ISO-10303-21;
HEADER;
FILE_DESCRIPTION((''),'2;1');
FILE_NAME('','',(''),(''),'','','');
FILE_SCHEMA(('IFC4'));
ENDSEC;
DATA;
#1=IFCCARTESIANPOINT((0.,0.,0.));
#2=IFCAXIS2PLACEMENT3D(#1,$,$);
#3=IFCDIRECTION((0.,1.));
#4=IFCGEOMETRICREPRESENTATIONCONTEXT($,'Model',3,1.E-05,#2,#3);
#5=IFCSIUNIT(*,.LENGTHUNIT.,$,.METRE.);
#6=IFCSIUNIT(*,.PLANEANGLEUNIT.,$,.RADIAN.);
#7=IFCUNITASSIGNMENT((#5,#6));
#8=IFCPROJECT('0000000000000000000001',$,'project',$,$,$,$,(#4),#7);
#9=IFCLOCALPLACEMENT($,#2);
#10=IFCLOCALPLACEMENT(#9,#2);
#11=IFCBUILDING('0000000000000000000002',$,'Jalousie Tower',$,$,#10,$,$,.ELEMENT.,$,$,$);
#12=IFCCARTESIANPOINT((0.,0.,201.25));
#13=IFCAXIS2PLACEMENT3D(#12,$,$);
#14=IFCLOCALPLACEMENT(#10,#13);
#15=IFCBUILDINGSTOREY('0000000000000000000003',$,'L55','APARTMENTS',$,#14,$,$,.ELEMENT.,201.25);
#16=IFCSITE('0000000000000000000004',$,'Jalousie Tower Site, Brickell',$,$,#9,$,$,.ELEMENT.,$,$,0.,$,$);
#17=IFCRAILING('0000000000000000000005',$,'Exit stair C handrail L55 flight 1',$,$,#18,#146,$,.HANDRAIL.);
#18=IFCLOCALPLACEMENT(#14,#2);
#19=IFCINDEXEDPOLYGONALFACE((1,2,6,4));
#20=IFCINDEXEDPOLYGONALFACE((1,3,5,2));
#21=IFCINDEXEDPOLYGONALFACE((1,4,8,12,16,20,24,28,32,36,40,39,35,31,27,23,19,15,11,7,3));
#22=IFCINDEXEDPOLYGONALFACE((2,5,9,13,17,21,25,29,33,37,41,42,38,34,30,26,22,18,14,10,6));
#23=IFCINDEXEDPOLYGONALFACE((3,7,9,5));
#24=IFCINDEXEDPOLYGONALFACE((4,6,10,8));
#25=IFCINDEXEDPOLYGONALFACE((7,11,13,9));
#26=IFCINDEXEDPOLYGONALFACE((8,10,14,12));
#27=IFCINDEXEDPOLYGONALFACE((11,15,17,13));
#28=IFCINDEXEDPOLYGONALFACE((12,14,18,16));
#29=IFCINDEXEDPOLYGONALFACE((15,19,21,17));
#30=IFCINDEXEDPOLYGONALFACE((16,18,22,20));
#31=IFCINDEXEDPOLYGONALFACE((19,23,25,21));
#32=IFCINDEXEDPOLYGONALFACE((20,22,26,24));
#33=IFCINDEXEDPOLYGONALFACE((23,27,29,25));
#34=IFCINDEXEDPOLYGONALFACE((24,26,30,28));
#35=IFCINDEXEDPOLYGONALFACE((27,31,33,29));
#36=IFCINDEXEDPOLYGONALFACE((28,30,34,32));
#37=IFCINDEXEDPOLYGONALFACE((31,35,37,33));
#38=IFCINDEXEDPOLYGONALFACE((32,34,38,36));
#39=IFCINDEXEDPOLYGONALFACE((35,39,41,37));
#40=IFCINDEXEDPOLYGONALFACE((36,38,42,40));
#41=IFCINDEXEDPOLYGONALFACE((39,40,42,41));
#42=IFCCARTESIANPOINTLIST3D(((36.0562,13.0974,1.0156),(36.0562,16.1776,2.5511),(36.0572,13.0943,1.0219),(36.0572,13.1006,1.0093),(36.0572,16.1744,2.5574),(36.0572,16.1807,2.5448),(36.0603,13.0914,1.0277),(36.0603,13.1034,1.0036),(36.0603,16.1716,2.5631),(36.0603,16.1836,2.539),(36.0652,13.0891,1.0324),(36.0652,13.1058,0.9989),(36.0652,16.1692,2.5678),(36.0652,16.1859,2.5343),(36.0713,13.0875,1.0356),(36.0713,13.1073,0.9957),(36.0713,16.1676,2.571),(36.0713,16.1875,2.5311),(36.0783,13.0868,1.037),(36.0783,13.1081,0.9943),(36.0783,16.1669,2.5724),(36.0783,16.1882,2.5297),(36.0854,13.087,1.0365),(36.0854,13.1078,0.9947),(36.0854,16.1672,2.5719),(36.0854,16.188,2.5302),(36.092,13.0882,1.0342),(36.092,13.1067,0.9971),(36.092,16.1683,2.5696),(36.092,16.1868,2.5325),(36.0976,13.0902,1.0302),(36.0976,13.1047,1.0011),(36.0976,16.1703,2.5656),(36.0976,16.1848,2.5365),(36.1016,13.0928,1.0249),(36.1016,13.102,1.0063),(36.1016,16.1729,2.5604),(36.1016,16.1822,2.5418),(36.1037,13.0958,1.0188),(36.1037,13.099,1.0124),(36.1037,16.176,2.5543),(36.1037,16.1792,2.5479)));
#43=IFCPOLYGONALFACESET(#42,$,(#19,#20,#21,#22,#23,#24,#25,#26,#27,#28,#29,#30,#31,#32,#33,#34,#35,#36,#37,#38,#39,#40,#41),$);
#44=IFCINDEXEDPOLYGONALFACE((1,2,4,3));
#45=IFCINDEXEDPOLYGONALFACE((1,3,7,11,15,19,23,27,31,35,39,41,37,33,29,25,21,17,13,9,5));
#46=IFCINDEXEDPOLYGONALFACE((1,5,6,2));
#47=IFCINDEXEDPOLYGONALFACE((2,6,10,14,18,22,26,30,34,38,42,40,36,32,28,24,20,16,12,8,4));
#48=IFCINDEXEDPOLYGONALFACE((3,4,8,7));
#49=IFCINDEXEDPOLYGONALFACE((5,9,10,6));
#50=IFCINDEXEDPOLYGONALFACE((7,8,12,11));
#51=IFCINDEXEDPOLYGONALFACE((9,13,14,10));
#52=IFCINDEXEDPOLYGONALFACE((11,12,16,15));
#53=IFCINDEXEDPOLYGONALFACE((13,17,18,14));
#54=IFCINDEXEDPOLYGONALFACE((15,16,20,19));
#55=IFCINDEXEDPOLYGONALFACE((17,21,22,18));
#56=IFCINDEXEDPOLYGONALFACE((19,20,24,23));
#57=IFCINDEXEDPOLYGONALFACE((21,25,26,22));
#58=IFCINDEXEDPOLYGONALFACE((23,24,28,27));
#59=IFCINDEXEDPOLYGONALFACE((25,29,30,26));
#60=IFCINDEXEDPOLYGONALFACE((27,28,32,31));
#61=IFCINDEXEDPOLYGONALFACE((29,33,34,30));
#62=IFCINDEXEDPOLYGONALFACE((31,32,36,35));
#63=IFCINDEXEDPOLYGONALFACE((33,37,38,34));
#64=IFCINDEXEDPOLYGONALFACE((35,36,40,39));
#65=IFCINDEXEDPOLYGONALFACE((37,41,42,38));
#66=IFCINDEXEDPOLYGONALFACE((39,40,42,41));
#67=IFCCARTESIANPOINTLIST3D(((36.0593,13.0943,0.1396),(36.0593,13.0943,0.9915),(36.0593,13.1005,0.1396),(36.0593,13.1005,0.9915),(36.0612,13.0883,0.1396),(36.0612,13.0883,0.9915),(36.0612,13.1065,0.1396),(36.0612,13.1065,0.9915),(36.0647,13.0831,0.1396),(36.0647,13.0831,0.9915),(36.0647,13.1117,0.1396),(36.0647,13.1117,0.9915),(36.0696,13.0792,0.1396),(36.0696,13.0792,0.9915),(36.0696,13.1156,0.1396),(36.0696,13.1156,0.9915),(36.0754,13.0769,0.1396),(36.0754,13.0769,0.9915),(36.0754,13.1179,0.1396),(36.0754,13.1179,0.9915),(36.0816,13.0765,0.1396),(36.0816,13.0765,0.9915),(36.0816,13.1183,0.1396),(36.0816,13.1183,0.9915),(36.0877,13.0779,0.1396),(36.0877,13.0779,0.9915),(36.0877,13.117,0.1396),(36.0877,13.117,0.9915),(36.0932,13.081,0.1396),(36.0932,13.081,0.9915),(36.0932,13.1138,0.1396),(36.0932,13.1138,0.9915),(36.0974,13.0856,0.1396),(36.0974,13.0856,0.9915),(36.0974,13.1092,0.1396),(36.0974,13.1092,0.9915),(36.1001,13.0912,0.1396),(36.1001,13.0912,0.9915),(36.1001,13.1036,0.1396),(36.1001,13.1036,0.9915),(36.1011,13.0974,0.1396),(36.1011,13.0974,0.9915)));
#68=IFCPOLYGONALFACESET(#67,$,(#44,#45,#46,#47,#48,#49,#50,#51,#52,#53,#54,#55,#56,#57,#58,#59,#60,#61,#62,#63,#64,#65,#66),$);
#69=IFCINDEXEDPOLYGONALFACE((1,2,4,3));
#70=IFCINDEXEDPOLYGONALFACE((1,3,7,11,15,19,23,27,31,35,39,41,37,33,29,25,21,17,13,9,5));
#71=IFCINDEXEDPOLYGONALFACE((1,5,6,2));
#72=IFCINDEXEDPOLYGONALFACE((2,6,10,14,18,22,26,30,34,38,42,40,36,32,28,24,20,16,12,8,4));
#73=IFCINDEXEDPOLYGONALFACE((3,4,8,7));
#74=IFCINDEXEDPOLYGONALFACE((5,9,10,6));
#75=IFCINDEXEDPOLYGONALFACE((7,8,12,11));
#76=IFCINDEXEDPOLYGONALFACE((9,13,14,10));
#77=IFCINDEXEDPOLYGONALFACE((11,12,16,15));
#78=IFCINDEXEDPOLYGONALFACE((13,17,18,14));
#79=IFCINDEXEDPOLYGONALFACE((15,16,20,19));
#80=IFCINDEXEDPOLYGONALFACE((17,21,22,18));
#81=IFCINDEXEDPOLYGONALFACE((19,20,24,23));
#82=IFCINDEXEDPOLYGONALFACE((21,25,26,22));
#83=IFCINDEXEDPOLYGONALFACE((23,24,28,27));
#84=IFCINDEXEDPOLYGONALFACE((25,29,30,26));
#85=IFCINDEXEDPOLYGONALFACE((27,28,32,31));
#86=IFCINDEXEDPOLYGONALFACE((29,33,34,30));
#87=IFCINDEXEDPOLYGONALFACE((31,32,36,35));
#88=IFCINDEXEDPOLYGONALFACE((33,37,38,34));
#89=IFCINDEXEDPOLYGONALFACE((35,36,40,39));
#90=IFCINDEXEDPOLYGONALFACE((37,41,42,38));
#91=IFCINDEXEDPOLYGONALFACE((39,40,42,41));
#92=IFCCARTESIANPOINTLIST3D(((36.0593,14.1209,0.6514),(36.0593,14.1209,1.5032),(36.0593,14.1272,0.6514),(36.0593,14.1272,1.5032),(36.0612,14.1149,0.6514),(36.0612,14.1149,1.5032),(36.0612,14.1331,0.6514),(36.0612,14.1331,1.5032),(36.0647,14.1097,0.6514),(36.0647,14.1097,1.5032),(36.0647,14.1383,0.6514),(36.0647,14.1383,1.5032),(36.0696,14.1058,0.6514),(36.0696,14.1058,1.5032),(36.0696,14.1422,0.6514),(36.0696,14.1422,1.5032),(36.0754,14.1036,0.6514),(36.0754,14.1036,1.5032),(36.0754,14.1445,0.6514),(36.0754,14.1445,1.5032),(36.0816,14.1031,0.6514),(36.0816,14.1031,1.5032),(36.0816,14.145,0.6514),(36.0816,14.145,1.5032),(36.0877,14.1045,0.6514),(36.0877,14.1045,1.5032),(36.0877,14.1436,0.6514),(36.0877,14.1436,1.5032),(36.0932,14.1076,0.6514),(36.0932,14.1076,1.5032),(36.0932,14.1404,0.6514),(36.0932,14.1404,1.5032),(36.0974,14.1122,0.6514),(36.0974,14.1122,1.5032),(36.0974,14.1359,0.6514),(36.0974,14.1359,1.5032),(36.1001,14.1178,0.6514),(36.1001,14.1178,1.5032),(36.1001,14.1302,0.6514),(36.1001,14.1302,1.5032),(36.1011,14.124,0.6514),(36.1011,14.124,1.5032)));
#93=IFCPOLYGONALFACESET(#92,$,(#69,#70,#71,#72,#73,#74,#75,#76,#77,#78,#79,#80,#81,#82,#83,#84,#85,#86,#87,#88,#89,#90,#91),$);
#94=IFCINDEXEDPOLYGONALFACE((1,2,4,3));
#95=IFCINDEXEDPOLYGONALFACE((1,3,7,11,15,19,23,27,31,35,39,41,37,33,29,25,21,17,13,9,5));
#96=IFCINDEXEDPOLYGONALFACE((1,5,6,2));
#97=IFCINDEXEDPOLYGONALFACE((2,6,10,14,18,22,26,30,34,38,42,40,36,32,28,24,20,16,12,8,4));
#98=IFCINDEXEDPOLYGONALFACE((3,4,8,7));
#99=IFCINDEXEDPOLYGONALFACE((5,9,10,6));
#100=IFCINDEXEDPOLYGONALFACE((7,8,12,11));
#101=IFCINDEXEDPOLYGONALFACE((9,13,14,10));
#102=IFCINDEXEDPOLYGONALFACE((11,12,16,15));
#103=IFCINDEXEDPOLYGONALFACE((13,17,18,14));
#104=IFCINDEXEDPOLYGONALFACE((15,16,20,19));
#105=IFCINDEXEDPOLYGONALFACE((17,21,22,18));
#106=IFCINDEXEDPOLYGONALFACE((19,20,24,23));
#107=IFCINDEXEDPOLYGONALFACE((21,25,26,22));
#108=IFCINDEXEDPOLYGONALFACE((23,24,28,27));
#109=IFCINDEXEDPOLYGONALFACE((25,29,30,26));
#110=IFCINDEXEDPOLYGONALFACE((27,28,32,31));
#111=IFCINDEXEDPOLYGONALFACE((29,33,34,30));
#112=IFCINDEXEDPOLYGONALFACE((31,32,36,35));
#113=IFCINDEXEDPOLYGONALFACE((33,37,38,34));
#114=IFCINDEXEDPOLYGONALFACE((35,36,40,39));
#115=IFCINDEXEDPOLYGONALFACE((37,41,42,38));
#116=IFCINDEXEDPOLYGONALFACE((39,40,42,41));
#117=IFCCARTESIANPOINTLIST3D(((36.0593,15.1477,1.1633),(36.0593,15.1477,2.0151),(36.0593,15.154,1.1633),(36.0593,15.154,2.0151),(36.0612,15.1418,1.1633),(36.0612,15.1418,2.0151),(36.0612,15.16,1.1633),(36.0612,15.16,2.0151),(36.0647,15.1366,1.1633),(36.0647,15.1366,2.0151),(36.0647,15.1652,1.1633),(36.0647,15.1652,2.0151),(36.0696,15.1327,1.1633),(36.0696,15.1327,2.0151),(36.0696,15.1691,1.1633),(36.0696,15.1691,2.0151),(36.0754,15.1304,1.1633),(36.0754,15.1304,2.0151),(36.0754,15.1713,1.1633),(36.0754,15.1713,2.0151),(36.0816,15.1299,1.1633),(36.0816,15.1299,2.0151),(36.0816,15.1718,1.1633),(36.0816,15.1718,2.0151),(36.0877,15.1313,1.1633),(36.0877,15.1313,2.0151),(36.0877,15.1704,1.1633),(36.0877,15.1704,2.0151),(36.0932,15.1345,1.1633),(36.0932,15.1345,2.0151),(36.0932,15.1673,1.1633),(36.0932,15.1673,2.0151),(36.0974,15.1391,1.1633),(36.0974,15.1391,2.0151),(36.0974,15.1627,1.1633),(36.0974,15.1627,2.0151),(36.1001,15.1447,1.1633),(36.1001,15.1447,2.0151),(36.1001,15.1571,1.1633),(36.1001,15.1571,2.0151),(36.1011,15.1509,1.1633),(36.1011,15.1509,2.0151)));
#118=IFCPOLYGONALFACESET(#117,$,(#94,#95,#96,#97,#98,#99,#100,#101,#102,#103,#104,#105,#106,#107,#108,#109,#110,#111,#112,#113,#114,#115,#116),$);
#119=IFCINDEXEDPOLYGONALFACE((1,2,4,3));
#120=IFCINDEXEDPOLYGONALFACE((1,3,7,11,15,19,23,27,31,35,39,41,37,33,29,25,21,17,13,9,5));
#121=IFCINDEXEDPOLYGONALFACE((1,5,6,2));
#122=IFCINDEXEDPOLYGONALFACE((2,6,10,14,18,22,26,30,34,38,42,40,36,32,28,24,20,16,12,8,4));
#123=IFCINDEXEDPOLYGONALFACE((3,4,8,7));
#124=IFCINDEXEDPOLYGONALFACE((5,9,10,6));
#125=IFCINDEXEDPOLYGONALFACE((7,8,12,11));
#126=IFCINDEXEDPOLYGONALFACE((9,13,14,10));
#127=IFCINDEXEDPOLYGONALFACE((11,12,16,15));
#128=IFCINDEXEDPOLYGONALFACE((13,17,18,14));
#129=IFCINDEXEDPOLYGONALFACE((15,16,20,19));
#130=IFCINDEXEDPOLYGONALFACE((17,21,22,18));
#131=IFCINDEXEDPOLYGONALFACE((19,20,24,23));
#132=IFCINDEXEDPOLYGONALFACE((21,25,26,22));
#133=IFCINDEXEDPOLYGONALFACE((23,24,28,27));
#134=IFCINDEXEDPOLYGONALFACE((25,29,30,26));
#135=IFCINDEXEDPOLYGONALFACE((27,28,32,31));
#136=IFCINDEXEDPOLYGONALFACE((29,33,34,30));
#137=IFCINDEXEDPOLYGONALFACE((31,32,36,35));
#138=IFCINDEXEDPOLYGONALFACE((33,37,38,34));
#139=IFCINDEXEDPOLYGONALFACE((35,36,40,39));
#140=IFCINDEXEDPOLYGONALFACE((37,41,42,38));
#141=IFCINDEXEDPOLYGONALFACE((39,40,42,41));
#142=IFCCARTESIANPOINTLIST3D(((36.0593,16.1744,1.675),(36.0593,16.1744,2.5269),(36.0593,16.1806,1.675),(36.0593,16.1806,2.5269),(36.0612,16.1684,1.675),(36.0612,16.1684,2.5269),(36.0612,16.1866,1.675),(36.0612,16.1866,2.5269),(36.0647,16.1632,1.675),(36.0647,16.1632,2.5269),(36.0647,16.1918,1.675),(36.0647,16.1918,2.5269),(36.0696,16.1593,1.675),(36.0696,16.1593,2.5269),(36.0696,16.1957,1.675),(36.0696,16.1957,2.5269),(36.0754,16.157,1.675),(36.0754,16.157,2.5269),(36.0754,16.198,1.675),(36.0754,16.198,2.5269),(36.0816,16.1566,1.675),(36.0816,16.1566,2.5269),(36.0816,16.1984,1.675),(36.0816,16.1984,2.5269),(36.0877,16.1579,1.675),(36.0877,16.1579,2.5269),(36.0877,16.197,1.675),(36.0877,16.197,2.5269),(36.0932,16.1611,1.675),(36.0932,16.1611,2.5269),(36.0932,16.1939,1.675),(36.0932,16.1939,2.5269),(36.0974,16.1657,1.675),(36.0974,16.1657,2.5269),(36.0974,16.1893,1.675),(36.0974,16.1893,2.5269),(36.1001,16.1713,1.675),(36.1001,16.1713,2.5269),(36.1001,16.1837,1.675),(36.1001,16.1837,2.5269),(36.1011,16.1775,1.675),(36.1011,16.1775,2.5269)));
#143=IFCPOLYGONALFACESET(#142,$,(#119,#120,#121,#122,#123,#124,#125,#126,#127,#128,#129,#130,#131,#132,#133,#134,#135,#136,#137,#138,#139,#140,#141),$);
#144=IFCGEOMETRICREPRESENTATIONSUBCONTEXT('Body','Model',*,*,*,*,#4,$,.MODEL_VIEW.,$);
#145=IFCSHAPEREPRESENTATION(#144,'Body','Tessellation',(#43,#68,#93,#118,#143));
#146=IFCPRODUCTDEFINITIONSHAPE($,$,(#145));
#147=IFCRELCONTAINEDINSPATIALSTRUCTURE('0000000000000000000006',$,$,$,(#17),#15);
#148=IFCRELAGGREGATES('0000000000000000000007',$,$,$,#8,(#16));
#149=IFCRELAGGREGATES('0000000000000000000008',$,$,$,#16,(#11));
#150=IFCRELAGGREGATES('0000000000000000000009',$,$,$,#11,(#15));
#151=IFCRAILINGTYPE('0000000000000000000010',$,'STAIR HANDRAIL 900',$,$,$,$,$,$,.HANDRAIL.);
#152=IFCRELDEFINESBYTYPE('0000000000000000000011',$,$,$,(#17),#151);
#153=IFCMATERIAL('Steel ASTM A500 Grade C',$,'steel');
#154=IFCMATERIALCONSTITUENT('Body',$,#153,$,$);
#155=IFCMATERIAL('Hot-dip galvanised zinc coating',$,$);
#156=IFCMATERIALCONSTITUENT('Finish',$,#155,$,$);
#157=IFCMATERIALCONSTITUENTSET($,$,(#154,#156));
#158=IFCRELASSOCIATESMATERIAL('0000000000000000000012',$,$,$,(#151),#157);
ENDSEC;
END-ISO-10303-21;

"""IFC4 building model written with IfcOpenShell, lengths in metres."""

from ifc_helpers import new_model, si_unit, direction, frame, origin, origin_2d, place, context, subcontext, project, spatial, circle, extrude, material, constituent, constituent_set, type_object, element, save


model = new_model("IFC4")

# Units and contexts
model_context = context("Model", 3, precision=1e-05, world=origin(), true_north=direction((0.0, 1.0)))
body_context = subcontext(model_context, "Body", "Model", "MODEL_VIEW")
ifc_project = project(units=[si_unit("LENGTHUNIT", "METRE"), si_unit("PLANEANGLEUNIT", "RADIAN")], contexts=[model_context])

# Site, building, storey
site_placement = place(None, origin())
site = spatial("IfcSite", under=ifc_project, at=site_placement, Name="Jalousie Tower Site, Brickell", CompositionType="ELEMENT", RefElevation=0.0)
building_placement = place(site_placement, origin())
building = spatial("IfcBuilding", under=site, at=building_placement, Name="Jalousie Tower", CompositionType="ELEMENT")
storey_placement = place(building_placement, frame((0.0, 0.0, 201.25)))
storey = spatial("IfcBuildingStorey", under=building, at=storey_placement, Name="L55", Description="APARTMENTS", CompositionType="ELEMENT", Elevation=201.25)

# Railing
ifc_material_1 = material(Name="Steel ASTM A500 Grade C", Category="steel")
ifc_constituent_1 = constituent(ifc_material_1, Name="Body")
ifc_material_2 = material(Name="Hot-dip galvanised zinc coating")
ifc_constituent_2 = constituent(ifc_material_2, Name="Finish")
ifc_constituent_set_1 = constituent_set(constituents=[ifc_constituent_1, ifc_constituent_2])
railing_type_1 = type_object("IfcRailingType", Name="STAIR HANDRAIL 900", PredefinedType="HANDRAIL", material=ifc_constituent_set_1)
railing_1_placement = place(storey_placement, frame((36.0801, 13.0974, 0.1396)))
element("IfcRailing", 1, at=railing_1_placement, inside=storey, type_object=railing_type_1, Name="Exit stair C handrail L55 flight 1", PredefinedType="HANDRAIL", context=body_context, shape_type="SweptSolid", body=[
    extrude(circle(Radius=0.0239, at=origin_2d()), frame((0.0, 0.0, 0.876), z_axis=(0.0, 0.894966, 0.446135), x_axis=(-1.0, 0.0, 0.0)), (0.0, 0.0, 1.0), 3.4417),
    extrude(circle(Radius=0.021, at=origin_2d()), origin(), (0.0, 0.0, 1.0), 0.8518),
    extrude(circle(Radius=0.021, at=origin_2d()), frame((0.0, 1.0266, 0.5117)), (0.0, 0.0, 1.0), 0.8518),
    extrude(circle(Radius=0.021, at=origin_2d()), frame((0.0, 2.0535, 1.0237)), (0.0, 0.0, 1.0), 0.8518),
    extrude(circle(Radius=0.021, at=origin_2d()), frame((0.0, 3.0801, 1.5354)), (0.0, 0.0, 1.0), 0.8518),
])

save(model, "model.ifc")
